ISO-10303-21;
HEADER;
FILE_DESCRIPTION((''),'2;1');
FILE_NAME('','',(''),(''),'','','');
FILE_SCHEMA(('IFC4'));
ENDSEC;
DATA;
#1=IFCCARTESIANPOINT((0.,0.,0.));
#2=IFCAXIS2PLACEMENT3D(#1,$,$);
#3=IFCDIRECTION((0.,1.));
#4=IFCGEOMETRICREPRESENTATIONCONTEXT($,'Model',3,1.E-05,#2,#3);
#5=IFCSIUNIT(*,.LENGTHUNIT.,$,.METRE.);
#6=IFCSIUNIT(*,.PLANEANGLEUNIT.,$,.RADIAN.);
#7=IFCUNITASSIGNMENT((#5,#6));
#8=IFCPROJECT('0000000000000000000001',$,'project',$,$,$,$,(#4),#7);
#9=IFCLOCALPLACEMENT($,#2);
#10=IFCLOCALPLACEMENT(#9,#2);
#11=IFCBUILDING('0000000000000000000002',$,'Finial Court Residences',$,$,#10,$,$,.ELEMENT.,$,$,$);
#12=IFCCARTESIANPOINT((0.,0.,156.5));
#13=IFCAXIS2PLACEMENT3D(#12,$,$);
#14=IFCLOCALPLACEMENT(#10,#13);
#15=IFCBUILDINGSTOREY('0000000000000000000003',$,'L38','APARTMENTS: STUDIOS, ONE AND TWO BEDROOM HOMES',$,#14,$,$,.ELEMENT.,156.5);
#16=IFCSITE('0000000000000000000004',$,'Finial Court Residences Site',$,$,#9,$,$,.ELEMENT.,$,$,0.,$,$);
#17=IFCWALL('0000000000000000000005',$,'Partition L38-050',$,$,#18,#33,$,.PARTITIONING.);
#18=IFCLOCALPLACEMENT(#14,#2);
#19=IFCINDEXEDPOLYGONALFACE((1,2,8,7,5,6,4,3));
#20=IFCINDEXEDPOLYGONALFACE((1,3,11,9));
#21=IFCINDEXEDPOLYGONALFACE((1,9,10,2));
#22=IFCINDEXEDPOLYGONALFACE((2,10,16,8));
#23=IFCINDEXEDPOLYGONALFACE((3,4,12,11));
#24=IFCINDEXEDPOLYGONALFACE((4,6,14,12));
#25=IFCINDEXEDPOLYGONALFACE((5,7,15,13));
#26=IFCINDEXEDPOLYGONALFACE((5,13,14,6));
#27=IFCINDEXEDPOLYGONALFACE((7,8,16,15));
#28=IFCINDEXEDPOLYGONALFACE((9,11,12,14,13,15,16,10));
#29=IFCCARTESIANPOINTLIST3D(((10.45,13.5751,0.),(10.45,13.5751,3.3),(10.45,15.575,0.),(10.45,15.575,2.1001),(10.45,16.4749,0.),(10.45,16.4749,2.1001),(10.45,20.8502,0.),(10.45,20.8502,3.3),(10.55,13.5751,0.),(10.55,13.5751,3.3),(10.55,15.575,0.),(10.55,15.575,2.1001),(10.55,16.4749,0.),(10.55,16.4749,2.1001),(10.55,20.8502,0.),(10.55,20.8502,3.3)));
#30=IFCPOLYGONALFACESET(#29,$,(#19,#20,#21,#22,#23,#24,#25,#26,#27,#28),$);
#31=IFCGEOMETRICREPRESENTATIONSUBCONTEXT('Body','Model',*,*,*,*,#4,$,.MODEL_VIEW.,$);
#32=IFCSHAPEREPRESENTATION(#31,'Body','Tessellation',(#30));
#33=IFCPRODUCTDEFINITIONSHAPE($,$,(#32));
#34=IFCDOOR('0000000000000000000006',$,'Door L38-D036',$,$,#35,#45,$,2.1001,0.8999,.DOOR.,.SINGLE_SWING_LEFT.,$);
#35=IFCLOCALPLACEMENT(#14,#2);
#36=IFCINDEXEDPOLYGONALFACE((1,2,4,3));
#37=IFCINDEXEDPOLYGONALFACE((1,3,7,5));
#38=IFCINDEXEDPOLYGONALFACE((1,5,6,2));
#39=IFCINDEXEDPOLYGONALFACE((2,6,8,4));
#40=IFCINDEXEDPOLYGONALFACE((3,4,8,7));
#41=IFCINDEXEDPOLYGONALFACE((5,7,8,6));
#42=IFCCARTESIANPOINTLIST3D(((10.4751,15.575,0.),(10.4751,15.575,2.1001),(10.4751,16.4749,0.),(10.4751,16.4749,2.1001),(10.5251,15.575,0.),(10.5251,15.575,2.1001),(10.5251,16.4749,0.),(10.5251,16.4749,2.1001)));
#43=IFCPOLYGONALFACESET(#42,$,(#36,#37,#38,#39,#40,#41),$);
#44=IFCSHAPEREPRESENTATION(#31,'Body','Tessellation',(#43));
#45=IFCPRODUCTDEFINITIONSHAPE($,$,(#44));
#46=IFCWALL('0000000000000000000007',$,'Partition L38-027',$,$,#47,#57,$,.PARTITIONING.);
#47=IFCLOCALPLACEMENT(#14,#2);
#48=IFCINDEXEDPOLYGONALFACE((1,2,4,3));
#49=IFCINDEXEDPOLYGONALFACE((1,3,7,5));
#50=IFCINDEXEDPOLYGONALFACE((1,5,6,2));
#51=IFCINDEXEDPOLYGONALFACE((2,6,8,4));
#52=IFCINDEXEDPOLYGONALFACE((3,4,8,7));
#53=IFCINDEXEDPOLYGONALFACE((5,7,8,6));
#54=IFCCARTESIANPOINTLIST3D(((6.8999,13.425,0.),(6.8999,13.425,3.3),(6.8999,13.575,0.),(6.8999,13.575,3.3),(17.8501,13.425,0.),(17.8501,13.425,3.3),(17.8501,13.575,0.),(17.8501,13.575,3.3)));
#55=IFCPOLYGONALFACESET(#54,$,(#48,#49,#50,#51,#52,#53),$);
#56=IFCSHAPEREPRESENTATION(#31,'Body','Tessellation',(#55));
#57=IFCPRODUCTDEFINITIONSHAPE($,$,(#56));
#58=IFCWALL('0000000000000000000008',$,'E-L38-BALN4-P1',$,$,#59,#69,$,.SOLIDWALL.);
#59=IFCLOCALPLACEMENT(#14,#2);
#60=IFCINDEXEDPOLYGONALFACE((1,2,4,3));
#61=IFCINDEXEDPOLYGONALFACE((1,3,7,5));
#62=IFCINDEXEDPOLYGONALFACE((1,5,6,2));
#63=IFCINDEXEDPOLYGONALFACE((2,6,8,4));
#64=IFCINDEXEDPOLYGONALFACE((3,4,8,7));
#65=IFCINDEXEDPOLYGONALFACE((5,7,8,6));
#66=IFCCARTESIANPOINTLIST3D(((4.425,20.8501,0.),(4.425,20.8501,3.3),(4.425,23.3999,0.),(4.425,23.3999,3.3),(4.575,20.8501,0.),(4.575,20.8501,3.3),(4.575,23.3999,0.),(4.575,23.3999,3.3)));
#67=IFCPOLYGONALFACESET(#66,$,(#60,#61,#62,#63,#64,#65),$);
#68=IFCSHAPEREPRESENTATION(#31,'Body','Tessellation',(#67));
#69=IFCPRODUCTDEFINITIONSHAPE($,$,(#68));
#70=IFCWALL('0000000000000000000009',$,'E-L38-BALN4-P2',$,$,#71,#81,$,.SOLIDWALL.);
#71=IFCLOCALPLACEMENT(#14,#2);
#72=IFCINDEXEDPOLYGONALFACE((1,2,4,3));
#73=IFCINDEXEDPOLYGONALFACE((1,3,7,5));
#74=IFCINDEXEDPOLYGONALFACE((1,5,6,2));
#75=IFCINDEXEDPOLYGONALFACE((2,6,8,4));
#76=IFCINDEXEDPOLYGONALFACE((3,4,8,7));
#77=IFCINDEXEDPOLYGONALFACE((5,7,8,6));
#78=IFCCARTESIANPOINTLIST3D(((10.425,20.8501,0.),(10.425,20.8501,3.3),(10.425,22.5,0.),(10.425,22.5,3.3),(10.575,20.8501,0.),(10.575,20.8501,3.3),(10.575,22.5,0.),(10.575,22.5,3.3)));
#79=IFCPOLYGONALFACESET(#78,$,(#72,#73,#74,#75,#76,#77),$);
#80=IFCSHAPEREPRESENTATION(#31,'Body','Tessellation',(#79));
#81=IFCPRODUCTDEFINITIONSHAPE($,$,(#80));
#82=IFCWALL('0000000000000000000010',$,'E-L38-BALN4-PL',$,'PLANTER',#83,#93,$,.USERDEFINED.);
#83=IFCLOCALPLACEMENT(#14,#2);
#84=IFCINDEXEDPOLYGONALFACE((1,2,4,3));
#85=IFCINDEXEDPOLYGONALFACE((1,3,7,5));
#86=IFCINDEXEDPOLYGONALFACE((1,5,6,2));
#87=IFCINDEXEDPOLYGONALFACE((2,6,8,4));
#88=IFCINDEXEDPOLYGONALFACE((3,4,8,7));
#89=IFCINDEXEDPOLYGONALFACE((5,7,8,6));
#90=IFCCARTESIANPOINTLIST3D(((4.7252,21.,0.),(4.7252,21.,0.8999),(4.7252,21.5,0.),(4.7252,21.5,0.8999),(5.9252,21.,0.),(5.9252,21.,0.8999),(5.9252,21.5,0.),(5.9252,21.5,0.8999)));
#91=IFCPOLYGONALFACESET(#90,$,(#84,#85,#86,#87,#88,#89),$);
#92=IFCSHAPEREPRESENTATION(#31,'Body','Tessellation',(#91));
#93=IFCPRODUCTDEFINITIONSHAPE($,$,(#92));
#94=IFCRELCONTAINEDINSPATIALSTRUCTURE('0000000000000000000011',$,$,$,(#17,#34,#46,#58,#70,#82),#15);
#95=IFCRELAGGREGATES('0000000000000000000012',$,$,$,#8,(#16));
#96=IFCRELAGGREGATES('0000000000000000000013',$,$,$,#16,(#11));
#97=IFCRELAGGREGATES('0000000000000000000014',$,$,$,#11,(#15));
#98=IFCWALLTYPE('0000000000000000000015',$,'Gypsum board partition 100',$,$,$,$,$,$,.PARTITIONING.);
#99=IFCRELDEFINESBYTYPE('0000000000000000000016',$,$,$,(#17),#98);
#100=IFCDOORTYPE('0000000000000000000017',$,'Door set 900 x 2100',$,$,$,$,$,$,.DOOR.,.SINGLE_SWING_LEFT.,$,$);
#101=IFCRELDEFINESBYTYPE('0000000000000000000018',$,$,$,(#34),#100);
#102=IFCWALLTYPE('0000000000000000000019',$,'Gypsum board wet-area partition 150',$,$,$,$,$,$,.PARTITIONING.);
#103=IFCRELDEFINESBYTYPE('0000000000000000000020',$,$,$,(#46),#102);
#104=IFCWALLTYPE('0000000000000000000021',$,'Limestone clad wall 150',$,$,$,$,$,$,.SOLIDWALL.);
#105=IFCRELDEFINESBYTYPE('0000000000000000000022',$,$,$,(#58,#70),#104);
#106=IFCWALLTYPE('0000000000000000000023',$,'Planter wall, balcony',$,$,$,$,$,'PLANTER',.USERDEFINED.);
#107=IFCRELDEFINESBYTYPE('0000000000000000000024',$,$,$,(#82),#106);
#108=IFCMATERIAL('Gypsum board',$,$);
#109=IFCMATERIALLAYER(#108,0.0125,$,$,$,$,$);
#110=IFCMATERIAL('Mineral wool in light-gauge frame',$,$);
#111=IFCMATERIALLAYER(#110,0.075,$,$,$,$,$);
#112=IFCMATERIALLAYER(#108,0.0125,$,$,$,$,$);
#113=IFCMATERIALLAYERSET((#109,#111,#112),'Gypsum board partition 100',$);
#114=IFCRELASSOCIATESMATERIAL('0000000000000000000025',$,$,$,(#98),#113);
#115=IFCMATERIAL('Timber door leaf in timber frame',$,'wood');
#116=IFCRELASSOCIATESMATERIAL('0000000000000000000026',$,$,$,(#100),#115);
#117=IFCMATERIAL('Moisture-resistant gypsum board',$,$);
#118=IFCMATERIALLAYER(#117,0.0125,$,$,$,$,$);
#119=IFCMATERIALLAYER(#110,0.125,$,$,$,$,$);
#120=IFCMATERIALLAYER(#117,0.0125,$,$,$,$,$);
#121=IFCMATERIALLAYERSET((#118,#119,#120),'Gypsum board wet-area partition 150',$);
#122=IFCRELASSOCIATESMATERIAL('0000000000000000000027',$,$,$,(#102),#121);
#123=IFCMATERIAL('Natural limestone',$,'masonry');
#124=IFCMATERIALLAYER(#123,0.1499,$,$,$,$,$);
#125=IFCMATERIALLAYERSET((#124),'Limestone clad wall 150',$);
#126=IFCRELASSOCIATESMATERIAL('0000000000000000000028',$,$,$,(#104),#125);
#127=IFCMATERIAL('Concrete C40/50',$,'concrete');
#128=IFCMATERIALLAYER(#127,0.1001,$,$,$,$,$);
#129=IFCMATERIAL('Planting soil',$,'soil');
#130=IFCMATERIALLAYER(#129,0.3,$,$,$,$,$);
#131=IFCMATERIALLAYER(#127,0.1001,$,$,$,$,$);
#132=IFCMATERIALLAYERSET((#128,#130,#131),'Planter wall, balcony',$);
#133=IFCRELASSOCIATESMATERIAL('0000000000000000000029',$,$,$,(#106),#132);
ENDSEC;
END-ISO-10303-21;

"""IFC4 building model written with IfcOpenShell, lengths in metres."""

from ifc_helpers import new_model, si_unit, direction, frame, frame_2d, origin, place, context, subcontext, project, spatial, rectangle, extrude, material, layer, layer_set, type_object, element, fill, save


model = new_model("IFC4")

# Units and contexts
model_context = context("Model", 3, precision=1e-05, world=origin(), true_north=direction((0.0, 1.0)))
body_context = subcontext(model_context, "Body", "Model", "MODEL_VIEW")
ifc_project = project(units=[si_unit("LENGTHUNIT", "METRE"), si_unit("PLANEANGLEUNIT", "RADIAN")], contexts=[model_context])

# Site, building, storey
site_placement = place(None, origin())
site = spatial("IfcSite", under=ifc_project, at=site_placement, Name="Finial Court Residences Site", CompositionType="ELEMENT", RefElevation=0.0)
building_placement = place(site_placement, origin())
building = spatial("IfcBuilding", under=site, at=building_placement, Name="Finial Court Residences", CompositionType="ELEMENT")
storey_placement = place(building_placement, frame((0.0, 0.0, 156.5)))
storey = spatial("IfcBuildingStorey", under=building, at=storey_placement, Name="L38", Description="APARTMENTS: STUDIOS, ONE AND TWO BEDROOM HOMES", CompositionType="ELEMENT", Elevation=156.5)

# Wall, opening, door
ifc_material_1 = material(Name="Gypsum board")
ifc_layer_1 = layer(ifc_material_1, 0.0125)
ifc_material_2 = material(Name="Mineral wool in light-gauge frame")
ifc_layer_2 = layer(ifc_material_2, 0.075)
ifc_layer_3 = layer(ifc_material_1, 0.0125)
ifc_layer_set_1 = layer_set([ifc_layer_1, ifc_layer_2, ifc_layer_3], Name="Gypsum board partition 100")
wall_type_1 = type_object("IfcWallType", Name="Gypsum board partition 100", PredefinedType="PARTITIONING", material=ifc_layer_set_1)
ifc_material_3 = material(Name="Timber door leaf in timber frame", Category="wood")
door_type_1 = type_object("IfcDoorType", Name="Door set 900 x 2100", OperationType="SINGLE_SWING_LEFT", PredefinedType="DOOR", material=ifc_material_3)
wall_1_placement = place(storey_placement, frame((10.5, 13.575, 0.0), z_axis=(0.0, 0.0, 1.0), x_axis=(0.0, 1.0, 0.0)))
wall_1 = element("IfcWall", 1, at=wall_1_placement, inside=storey, type_object=wall_type_1, Name="Partition L38-050", PredefinedType="PARTITIONING", context=body_context, shape_type="SweptSolid", body=[
    extrude(rectangle(XDim=7.2751, YDim=0.1001, at=frame_2d((3.6377, 0.0))), origin(), (0.0, 0.0, 1.0), 3.3),
])
opening_1_placement = place(wall_1_placement, frame((2.0, 0.0, 0.0)))
opening_1 = element("IfcOpeningElement", 2, at=opening_1_placement, cuts=wall_1, PredefinedType="OPENING", context=body_context, shape_type="SweptSolid", body=[
    extrude(rectangle(XDim=0.8999, YDim=2.1001, at=frame_2d((0.45, 1.05))), frame((0.0, 0.0601, 0.0), z_axis=(0.0, -1.0, 0.0), x_axis=(1.0, 0.0, 0.0)), (0.0, 0.0, 1.0), 0.1201),
])
door_1_placement = place(opening_1_placement, origin())
door_1 = element("IfcDoor", 3, at=door_1_placement, inside=storey, type_object=door_type_1, Name="Door L38-D036", OperationType="SINGLE_SWING_LEFT", OverallHeight=2.1001, OverallWidth=0.8999, PredefinedType="DOOR", context=body_context, shape_type="SweptSolid", body=[
    extrude(rectangle(XDim=0.8999, YDim=2.1001, at=frame_2d((0.45, 1.05))), frame((0.0, 0.0249, 0.0), z_axis=(0.0, -1.0, 0.0), x_axis=(1.0, 0.0, 0.0)), (0.0, 0.0, 1.0), 0.05),
])
fill(opening_1, door_1)

# Walls
ifc_material_4 = material(Name="Moisture-resistant gypsum board")
ifc_layer_4 = layer(ifc_material_4, 0.0125)
ifc_layer_5 = layer(ifc_material_2, 0.125)
ifc_layer_6 = layer(ifc_material_4, 0.0125)
ifc_layer_set_2 = layer_set([ifc_layer_4, ifc_layer_5, ifc_layer_6], Name="Gypsum board wet-area partition 150")
wall_type_2 = type_object("IfcWallType", Name="Gypsum board wet-area partition 150", PredefinedType="PARTITIONING", material=ifc_layer_set_2)
wall_2_placement = place(storey_placement, frame((6.8999, 13.5, 0.0), z_axis=(0.0, 0.0, 1.0), x_axis=(1.0, 0.0, 0.0)))
element("IfcWall", 4, at=wall_2_placement, inside=storey, type_object=wall_type_2, Name="Partition L38-027", PredefinedType="PARTITIONING", context=body_context, shape_type="SweptSolid", body=[
    extrude(rectangle(XDim=10.9502, YDim=0.1499, at=frame_2d((5.4751, 0.0))), origin(), (0.0, 0.0, 1.0), 3.3),
])
ifc_material_5 = material(Name="Natural limestone", Category="masonry")
ifc_layer_7 = layer(ifc_material_5, 0.1499)
ifc_layer_set_3 = layer_set([ifc_layer_7], Name="Limestone clad wall 150")
wall_type_3 = type_object("IfcWallType", Name="Limestone clad wall 150", PredefinedType="SOLIDWALL", material=ifc_layer_set_3)
wall_3_placement = place(storey_placement, frame((4.5, 20.8501, 0.0), z_axis=(0.0, 0.0, 1.0), x_axis=(0.0, 1.0, 0.0)))
element("IfcWall", 5, at=wall_3_placement, inside=storey, type_object=wall_type_3, Name="E-L38-BALN4-P1", PredefinedType="SOLIDWALL", context=body_context, shape_type="SweptSolid", body=[
    extrude(rectangle(XDim=2.5498, YDim=0.1499, at=frame_2d((1.2749, 0.0))), origin(), (0.0, 0.0, 1.0), 3.3),
])
wall_4_placement = place(storey_placement, frame((10.5, 20.8501, 0.0), z_axis=(0.0, 0.0, 1.0), x_axis=(0.0, 1.0, 0.0)))
element("IfcWall", 6, at=wall_4_placement, inside=storey, type_object=wall_type_3, Name="E-L38-BALN4-P2", PredefinedType="SOLIDWALL", context=body_context, shape_type="SweptSolid", body=[
    extrude(rectangle(XDim=1.6499, YDim=0.1499, at=frame_2d((0.825, 0.0))), origin(), (0.0, 0.0, 1.0), 3.3),
])

# Wall
ifc_material_6 = material(Name="Concrete C40/50", Category="concrete")
ifc_layer_8 = layer(ifc_material_6, 0.1001)
ifc_material_7 = material(Name="Planting soil", Category="soil")
ifc_layer_9 = layer(ifc_material_7, 0.3)
ifc_layer_10 = layer(ifc_material_6, 0.1001)
ifc_layer_set_4 = layer_set([ifc_layer_8, ifc_layer_9, ifc_layer_10], Name="Planter wall, balcony")
wall_type_4 = type_object("IfcWallType", Name="Planter wall, balcony", ElementType="PLANTER", PredefinedType="USERDEFINED", material=ifc_layer_set_4)
wall_5_placement = place(storey_placement, frame((4.7251, 21.25, 0.0), z_axis=(0.0, 0.0, 1.0), x_axis=(1.0, 0.0, 0.0)))
element("IfcWall", 7, at=wall_5_placement, inside=storey, type_object=wall_type_4, Name="E-L38-BALN4-PL", ObjectType="PLANTER", PredefinedType="USERDEFINED", context=body_context, shape_type="SweptSolid", body=[
    extrude(rectangle(XDim=1.2, YDim=0.5, at=frame_2d((0.6001, 0.0))), origin(), (0.0, 0.0, 1.0), 0.8999),
])

save(model, "model.ifc")
